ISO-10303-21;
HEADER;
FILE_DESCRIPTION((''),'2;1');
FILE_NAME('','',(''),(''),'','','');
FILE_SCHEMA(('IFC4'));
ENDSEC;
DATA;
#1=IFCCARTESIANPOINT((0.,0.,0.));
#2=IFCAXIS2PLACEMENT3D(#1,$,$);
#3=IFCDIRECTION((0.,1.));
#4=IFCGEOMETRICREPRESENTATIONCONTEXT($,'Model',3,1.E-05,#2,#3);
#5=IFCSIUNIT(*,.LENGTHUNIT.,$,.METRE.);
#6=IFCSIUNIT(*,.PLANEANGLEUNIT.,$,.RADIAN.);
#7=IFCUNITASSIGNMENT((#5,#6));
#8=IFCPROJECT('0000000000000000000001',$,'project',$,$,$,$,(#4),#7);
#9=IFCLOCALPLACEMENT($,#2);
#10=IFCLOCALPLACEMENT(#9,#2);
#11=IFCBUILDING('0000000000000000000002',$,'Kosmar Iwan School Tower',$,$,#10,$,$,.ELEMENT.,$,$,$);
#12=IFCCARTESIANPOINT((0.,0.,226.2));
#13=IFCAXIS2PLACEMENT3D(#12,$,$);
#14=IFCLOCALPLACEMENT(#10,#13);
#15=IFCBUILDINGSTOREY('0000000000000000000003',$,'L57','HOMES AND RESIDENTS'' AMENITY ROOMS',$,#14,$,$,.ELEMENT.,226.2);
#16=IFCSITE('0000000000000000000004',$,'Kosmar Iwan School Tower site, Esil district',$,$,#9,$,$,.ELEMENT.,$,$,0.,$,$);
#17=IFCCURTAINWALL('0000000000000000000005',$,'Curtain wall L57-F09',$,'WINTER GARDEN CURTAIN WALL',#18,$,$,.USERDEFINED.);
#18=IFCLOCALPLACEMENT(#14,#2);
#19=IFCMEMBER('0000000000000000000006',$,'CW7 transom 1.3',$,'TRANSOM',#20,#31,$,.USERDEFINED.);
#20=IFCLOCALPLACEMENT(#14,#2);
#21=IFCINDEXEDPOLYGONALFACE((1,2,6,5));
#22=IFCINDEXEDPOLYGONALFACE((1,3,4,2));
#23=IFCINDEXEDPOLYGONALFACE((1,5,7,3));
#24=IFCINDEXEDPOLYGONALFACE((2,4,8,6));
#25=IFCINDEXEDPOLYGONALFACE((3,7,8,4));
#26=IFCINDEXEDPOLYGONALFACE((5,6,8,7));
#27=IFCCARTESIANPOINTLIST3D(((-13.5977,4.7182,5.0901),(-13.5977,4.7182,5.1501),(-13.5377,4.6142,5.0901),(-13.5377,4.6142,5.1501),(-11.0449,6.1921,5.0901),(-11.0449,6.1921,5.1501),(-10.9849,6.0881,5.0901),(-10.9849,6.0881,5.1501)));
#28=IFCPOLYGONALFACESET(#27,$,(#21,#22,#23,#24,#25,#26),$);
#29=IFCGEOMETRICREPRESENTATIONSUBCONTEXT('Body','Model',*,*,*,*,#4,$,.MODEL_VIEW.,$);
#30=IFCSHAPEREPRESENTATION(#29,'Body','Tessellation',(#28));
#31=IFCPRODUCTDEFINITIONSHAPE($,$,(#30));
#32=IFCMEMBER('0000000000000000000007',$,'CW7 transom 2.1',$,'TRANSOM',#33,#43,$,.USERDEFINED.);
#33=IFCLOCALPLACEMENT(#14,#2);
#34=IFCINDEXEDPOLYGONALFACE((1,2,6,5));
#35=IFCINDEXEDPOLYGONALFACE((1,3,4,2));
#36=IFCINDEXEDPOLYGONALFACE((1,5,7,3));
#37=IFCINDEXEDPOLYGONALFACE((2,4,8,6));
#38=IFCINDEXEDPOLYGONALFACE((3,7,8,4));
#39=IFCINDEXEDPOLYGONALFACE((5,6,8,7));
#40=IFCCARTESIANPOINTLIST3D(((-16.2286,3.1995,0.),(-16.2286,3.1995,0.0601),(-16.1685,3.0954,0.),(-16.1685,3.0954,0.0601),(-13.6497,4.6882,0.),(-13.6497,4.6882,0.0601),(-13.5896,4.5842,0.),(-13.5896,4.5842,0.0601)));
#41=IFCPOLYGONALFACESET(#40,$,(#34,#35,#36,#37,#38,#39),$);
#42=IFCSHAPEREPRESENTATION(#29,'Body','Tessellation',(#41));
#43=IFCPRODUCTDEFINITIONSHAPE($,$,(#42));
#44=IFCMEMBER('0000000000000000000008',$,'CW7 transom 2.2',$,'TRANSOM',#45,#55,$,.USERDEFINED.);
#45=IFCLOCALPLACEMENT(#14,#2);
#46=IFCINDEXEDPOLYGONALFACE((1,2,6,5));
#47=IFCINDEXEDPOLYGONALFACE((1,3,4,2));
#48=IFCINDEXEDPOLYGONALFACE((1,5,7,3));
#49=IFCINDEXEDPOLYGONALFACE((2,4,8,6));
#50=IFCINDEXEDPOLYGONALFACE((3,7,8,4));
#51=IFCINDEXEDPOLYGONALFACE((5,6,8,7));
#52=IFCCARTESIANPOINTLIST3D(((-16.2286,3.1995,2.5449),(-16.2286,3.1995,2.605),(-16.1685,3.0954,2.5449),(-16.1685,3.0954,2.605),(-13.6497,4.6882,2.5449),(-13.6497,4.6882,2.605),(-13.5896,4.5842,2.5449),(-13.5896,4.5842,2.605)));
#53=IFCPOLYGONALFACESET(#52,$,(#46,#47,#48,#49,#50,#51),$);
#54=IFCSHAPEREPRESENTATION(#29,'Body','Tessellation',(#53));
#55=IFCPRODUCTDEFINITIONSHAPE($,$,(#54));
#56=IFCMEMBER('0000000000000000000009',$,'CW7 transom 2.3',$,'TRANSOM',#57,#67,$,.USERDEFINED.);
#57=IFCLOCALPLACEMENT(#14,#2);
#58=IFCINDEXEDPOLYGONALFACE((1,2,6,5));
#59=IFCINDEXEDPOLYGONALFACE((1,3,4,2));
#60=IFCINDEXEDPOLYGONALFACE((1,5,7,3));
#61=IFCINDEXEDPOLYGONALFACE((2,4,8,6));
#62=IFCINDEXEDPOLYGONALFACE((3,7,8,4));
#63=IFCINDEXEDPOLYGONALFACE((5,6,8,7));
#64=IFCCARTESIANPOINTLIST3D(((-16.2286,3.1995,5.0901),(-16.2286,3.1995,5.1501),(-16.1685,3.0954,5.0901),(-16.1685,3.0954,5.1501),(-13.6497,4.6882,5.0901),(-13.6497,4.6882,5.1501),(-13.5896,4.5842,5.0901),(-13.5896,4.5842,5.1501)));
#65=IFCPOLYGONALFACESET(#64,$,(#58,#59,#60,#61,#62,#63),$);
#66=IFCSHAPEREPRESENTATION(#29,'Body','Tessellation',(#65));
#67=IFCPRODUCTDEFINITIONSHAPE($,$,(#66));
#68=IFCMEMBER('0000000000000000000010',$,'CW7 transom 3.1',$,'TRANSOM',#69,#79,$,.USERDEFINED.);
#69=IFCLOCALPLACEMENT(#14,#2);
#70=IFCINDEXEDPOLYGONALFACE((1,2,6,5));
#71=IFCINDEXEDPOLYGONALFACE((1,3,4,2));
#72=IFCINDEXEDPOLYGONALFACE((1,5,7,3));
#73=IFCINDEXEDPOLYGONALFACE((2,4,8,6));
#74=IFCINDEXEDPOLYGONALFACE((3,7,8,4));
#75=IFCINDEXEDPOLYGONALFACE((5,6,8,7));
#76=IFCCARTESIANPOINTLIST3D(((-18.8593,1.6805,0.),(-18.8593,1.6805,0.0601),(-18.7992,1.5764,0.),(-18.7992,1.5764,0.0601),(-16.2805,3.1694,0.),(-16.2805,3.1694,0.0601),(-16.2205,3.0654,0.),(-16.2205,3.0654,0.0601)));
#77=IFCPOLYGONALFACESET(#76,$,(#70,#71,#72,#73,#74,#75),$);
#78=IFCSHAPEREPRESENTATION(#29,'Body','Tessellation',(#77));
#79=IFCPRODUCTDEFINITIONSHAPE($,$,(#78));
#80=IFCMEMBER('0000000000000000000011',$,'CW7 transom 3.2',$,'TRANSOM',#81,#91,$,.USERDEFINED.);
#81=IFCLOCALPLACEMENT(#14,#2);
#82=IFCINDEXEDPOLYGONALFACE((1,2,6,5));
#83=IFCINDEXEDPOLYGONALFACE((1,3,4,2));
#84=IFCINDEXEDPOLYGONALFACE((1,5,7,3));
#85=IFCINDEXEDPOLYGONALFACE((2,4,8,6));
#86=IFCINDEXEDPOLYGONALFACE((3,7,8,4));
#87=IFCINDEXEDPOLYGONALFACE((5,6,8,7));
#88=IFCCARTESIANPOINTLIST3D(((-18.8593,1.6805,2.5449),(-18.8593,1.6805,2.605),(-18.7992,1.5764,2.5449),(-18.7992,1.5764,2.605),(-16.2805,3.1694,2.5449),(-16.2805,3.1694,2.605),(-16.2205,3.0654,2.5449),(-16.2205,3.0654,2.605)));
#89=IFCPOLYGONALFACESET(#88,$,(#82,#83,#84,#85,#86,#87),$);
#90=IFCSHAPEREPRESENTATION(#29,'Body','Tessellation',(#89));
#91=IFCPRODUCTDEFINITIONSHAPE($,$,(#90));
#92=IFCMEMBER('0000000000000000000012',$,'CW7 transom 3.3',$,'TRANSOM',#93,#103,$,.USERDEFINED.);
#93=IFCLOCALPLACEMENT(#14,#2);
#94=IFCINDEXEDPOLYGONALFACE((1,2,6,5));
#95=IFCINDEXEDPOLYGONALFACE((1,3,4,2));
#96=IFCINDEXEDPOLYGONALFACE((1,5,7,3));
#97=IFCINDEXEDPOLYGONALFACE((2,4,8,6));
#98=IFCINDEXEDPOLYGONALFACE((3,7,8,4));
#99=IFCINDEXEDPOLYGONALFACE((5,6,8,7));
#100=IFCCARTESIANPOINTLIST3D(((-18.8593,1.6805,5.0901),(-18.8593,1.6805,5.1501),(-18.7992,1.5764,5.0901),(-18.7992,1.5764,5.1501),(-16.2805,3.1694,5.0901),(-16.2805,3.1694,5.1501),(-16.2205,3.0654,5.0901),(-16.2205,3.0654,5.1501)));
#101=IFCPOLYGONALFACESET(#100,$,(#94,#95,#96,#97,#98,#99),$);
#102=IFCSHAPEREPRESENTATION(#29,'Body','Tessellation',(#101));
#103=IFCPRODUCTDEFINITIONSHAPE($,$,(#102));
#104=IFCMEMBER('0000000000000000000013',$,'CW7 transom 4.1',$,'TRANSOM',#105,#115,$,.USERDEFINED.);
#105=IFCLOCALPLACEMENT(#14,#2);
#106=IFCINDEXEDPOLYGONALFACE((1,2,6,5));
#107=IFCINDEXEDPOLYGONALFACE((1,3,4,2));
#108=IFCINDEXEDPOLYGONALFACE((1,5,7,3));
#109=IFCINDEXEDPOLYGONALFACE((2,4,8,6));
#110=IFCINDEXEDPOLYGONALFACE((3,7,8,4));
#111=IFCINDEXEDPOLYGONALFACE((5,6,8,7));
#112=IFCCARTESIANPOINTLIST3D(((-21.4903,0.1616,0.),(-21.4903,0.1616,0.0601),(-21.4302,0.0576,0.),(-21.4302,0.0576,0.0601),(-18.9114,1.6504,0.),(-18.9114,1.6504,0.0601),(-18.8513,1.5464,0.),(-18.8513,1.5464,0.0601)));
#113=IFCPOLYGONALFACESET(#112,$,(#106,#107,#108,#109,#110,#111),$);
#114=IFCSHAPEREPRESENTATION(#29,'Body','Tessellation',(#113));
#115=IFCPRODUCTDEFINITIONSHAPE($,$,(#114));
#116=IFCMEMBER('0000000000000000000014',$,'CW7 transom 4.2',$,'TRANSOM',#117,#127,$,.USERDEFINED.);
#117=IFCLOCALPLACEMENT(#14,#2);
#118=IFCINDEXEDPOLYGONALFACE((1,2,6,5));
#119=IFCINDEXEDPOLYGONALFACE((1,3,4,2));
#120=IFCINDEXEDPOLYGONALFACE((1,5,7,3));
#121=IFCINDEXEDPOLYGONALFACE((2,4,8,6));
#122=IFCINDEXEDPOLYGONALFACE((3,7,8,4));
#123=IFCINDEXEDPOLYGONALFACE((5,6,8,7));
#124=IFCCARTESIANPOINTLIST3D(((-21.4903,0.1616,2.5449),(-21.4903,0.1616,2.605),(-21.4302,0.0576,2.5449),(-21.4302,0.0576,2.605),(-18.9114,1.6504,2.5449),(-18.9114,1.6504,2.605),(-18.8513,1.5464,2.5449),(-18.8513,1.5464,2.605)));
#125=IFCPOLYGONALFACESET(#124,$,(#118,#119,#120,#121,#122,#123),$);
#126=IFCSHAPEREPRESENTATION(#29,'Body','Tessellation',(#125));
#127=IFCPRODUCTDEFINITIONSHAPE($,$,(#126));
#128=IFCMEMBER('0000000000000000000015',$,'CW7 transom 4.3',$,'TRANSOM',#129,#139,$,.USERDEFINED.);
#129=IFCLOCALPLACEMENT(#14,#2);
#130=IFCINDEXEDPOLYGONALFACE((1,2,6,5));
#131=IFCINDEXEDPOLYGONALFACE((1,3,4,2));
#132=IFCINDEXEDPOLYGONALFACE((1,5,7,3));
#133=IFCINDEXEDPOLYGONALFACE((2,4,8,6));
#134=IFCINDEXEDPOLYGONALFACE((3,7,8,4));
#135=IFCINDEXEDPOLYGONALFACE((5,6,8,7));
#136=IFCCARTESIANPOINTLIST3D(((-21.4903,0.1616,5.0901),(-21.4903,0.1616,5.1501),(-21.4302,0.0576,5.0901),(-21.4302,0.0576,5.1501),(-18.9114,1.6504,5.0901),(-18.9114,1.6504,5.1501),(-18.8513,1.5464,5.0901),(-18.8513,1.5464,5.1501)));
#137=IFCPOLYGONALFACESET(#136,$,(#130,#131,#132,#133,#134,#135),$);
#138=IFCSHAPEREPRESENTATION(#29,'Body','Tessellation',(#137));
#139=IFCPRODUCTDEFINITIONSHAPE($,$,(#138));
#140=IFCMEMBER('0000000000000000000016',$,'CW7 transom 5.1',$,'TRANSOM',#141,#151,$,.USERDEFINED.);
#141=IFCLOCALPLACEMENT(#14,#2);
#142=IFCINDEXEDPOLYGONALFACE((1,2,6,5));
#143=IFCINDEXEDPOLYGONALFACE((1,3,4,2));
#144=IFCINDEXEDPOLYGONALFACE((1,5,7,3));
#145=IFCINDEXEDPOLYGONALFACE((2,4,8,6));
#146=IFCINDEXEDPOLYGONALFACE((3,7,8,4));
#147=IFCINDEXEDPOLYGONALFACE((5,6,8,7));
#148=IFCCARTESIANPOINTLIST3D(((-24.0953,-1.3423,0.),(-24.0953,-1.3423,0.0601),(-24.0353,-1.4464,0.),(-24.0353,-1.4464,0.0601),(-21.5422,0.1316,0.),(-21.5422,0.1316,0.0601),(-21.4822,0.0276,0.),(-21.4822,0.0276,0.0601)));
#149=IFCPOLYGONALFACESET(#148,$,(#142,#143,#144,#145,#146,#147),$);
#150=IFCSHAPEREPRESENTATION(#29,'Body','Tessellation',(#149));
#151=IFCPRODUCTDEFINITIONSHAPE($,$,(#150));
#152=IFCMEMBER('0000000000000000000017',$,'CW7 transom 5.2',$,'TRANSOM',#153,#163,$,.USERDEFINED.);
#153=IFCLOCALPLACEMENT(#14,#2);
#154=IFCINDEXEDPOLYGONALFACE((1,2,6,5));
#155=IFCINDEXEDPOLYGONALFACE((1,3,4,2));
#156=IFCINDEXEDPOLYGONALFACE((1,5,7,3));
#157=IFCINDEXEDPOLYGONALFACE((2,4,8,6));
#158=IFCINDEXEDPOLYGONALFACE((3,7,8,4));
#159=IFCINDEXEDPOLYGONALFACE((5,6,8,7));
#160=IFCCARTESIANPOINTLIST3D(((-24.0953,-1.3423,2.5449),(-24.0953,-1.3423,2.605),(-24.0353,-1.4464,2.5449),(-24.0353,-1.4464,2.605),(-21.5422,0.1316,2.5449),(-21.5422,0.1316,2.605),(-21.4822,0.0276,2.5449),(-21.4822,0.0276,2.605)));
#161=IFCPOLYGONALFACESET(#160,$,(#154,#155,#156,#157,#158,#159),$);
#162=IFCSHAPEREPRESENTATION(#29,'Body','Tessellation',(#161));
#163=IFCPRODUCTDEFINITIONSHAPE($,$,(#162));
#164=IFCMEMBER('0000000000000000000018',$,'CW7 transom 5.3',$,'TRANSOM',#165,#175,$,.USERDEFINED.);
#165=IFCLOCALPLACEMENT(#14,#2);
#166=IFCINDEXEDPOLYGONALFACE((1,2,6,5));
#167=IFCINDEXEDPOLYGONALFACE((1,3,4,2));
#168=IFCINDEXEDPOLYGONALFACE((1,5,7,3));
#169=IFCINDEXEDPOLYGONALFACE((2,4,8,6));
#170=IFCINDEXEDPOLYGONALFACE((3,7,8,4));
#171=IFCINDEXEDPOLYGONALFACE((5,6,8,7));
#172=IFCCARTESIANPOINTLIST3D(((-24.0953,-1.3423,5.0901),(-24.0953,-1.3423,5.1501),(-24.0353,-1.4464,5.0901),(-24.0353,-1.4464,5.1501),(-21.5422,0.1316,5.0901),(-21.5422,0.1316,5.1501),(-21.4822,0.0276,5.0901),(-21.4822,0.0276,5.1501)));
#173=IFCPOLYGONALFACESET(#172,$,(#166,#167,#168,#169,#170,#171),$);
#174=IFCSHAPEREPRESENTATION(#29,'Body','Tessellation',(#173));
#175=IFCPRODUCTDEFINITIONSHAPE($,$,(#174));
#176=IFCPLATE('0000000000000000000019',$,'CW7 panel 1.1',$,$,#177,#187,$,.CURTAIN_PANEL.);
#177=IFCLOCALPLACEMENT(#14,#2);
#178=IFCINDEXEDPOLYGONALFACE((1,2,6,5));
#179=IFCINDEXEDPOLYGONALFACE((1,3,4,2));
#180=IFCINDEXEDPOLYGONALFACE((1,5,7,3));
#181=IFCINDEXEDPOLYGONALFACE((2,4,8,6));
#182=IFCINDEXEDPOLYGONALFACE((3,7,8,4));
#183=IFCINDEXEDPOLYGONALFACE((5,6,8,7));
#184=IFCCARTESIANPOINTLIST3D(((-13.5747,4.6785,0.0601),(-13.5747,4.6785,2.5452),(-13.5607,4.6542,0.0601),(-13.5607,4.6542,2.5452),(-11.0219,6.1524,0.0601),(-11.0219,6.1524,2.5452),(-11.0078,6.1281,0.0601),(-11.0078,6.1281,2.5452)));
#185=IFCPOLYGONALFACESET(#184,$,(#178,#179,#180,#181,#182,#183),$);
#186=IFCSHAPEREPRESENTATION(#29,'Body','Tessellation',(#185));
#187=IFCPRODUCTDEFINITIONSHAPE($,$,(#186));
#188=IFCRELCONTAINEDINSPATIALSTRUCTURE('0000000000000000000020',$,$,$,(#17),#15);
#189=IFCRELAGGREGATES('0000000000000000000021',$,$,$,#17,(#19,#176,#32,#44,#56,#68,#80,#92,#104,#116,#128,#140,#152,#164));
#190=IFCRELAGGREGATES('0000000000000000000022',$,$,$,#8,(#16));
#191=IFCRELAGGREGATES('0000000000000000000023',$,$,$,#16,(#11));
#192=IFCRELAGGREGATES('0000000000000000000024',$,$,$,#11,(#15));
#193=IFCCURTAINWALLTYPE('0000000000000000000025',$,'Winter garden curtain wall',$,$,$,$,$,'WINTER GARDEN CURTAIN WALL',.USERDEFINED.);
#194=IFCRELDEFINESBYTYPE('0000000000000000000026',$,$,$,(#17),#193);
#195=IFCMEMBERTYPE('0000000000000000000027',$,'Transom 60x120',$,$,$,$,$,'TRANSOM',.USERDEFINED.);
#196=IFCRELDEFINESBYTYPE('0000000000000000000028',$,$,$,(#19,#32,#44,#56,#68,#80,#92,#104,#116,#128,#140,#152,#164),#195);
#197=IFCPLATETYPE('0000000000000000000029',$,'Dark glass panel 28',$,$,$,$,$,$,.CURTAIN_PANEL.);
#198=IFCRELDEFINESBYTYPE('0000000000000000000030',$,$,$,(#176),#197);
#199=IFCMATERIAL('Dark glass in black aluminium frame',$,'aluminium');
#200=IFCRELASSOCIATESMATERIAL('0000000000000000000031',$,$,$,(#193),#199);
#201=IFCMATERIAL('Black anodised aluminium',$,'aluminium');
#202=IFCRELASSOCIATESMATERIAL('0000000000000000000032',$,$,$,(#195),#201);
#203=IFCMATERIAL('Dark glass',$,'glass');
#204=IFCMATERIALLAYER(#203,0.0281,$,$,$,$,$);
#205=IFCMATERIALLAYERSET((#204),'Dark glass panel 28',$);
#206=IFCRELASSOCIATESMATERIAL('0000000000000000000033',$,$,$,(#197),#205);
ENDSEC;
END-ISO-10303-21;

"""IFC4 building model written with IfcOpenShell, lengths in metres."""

from ifc_helpers import new_model, si_unit, direction, frame, origin, origin_2d, place, context, subcontext, project, spatial, rectangle, extrude, material, layer, layer_set, material_profile, profile_set, type_object, element, aggregate, save


model = new_model("IFC4")

# Units and contexts
model_context = context("Model", 3, precision=1e-05, world=origin(), true_north=direction((0.0, 1.0)))
body_context = subcontext(model_context, "Body", "Model", "MODEL_VIEW")
ifc_project = project(units=[si_unit("LENGTHUNIT", "METRE"), si_unit("PLANEANGLEUNIT", "RADIAN")], contexts=[model_context])

# Site, building, storey
site_placement = place(None, origin())
site = spatial("IfcSite", under=ifc_project, at=site_placement, Name="Kosmar Iwan School Tower site, Esil district", CompositionType="ELEMENT", RefElevation=0.0)
building_placement = place(site_placement, origin())
building = spatial("IfcBuilding", under=site, at=building_placement, Name="Kosmar Iwan School Tower", CompositionType="ELEMENT")
storey_placement = place(building_placement, frame((0.0, 0.0, 226.2)))
storey = spatial("IfcBuildingStorey", under=building, at=storey_placement, Name="L57", Description="HOMES AND RESIDENTS' AMENITY ROOMS", CompositionType="ELEMENT", Elevation=226.2)

# Shared definitions
ifc_material_1 = material(Name="Dark glass in black aluminium frame", Category="aluminium")
curtain_wall_type = type_object("IfcCurtainWallType", Name="Winter garden curtain wall", ElementType="WINTER GARDEN CURTAIN WALL", PredefinedType="USERDEFINED", material=ifc_material_1)

# Curtain wall
curtain_wall_1_placement = place(storey_placement, origin())
curtain_wall_1 = element("IfcCurtainWall", 1, at=curtain_wall_1_placement, inside=storey, type_object=curtain_wall_type, Name="Curtain wall L57-F09", ObjectType="WINTER GARDEN CURTAIN WALL", PredefinedType="USERDEFINED")

# Members
ifc_material_2 = material(Name="Black anodised aluminium", Category="aluminium")
ifc_material_profile_1 = material_profile(ifc_material_2, rectangle(XDim=0.1201, YDim=0.0601, at=origin_2d()), Name="TRANSOM 60x120")
ifc_profile_set_1 = profile_set([ifc_material_profile_1], Name="Black anodised aluminium")
member_type_1 = type_object("IfcMemberType", Name="Transom 60x120", ElementType="TRANSOM", PredefinedType="USERDEFINED", material=ifc_profile_set_1)
member_1_placement = place(storey_placement, frame((-11.0149, 6.1401, 5.1201), z_axis=(-0.866017, -0.500014, 0.0), x_axis=(0.500014, -0.866017, 0.0)))
member_1 = element("IfcMember", 2, at=member_1_placement, type_object=member_type_1, Name="CW7 transom 1.3", ObjectType="TRANSOM", PredefinedType="USERDEFINED", context=body_context, shape_type="SweptSolid", body=[
    extrude(rectangle(XDim=0.1201, YDim=0.0601, at=origin_2d()), origin(), (0.0, 0.0, 1.0), 2.9478),
])
member_2_placement = place(storey_placement, frame((-13.6196, 4.6362, 0.03), z_axis=(-0.866045, -0.499966, 0.0), x_axis=(0.499966, -0.866045, 0.0)))
member_2 = element("IfcMember", 3, at=member_2_placement, type_object=member_type_1, Name="CW7 transom 2.1", ObjectType="TRANSOM", PredefinedType="USERDEFINED", context=body_context, shape_type="SweptSolid", body=[
    extrude(rectangle(XDim=0.1201, YDim=0.0601, at=origin_2d()), origin(), (0.0, 0.0, 1.0), 2.9778),
])
member_3_placement = place(storey_placement, frame((-13.6196, 4.6362, 2.575), z_axis=(-0.866045, -0.499966, 0.0), x_axis=(0.499966, -0.866045, 0.0)))
member_3 = element("IfcMember", 4, at=member_3_placement, type_object=member_type_1, Name="CW7 transom 2.2", ObjectType="TRANSOM", PredefinedType="USERDEFINED", context=body_context, shape_type="SweptSolid", body=[
    extrude(rectangle(XDim=0.1201, YDim=0.0601, at=origin_2d()), origin(), (0.0, 0.0, 1.0), 2.9778),
])
member_4_placement = place(storey_placement, frame((-13.6196, 4.6362, 5.1201), z_axis=(-0.866045, -0.499966, 0.0), x_axis=(0.499966, -0.866045, 0.0)))
member_4 = element("IfcMember", 5, at=member_4_placement, type_object=member_type_1, Name="CW7 transom 2.3", ObjectType="TRANSOM", PredefinedType="USERDEFINED", context=body_context, shape_type="SweptSolid", body=[
    extrude(rectangle(XDim=0.1201, YDim=0.0601, at=origin_2d()), origin(), (0.0, 0.0, 1.0), 2.9778),
])
member_5_placement = place(storey_placement, frame((-16.2505, 3.1174, 0.03), z_axis=(-0.866009, -0.500028, 0.0), x_axis=(0.500028, -0.866009, 0.0)))
member_5 = element("IfcMember", 6, at=member_5_placement, type_object=member_type_1, Name="CW7 transom 3.1", ObjectType="TRANSOM", PredefinedType="USERDEFINED", context=body_context, shape_type="SweptSolid", body=[
    extrude(rectangle(XDim=0.1201, YDim=0.0601, at=origin_2d()), origin(), (0.0, 0.0, 1.0), 2.9778),
])
member_6_placement = place(storey_placement, frame((-16.2505, 3.1174, 2.575), z_axis=(-0.866009, -0.500028, 0.0), x_axis=(0.500028, -0.866009, 0.0)))
member_6 = element("IfcMember", 7, at=member_6_placement, type_object=member_type_1, Name="CW7 transom 3.2", ObjectType="TRANSOM", PredefinedType="USERDEFINED", context=body_context, shape_type="SweptSolid", body=[
    extrude(rectangle(XDim=0.1201, YDim=0.0601, at=origin_2d()), origin(), (0.0, 0.0, 1.0), 2.9778),
])
member_7_placement = place(storey_placement, frame((-16.2505, 3.1174, 5.1201), z_axis=(-0.866009, -0.500028, 0.0), x_axis=(0.500028, -0.866009, 0.0)))
member_7 = element("IfcMember", 8, at=member_7_placement, type_object=member_type_1, Name="CW7 transom 3.3", ObjectType="TRANSOM", PredefinedType="USERDEFINED", context=body_context, shape_type="SweptSolid", body=[
    extrude(rectangle(XDim=0.1201, YDim=0.0601, at=origin_2d()), origin(), (0.0, 0.0, 1.0), 2.9778),
])
member_8_placement = place(storey_placement, frame((-18.8813, 1.5984, 0.03), z_axis=(-0.866045, -0.499966, 0.0), x_axis=(0.499966, -0.866045, 0.0)))
member_8 = element("IfcMember", 9, at=member_8_placement, type_object=member_type_1, Name="CW7 transom 4.1", ObjectType="TRANSOM", PredefinedType="USERDEFINED", context=body_context, shape_type="SweptSolid", body=[
    extrude(rectangle(XDim=0.1201, YDim=0.0601, at=origin_2d()), origin(), (0.0, 0.0, 1.0), 2.9778),
])
member_9_placement = place(storey_placement, frame((-18.8813, 1.5984, 2.575), z_axis=(-0.866045, -0.499966, 0.0), x_axis=(0.499966, -0.866045, 0.0)))
member_9 = element("IfcMember", 10, at=member_9_placement, type_object=member_type_1, Name="CW7 transom 4.2", ObjectType="TRANSOM", PredefinedType="USERDEFINED", context=body_context, shape_type="SweptSolid", body=[
    extrude(rectangle(XDim=0.1201, YDim=0.0601, at=origin_2d()), origin(), (0.0, 0.0, 1.0), 2.9778),
])
member_10_placement = place(storey_placement, frame((-18.8813, 1.5984, 5.1201), z_axis=(-0.866045, -0.499966, 0.0), x_axis=(0.499966, -0.866045, 0.0)))
member_10 = element("IfcMember", 11, at=member_10_placement, type_object=member_type_1, Name="CW7 transom 4.3", ObjectType="TRANSOM", PredefinedType="USERDEFINED", context=body_context, shape_type="SweptSolid", body=[
    extrude(rectangle(XDim=0.1201, YDim=0.0601, at=origin_2d()), origin(), (0.0, 0.0, 1.0), 2.9778),
])
member_11_placement = place(storey_placement, frame((-21.5122, 0.0796, 0.03), z_axis=(-0.866038, -0.499978, 0.0), x_axis=(0.499978, -0.866038, 0.0)))
member_11 = element("IfcMember", 12, at=member_11_placement, type_object=member_type_1, Name="CW7 transom 5.1", ObjectType="TRANSOM", PredefinedType="USERDEFINED", context=body_context, shape_type="SweptSolid", body=[
    extrude(rectangle(XDim=0.1201, YDim=0.0601, at=origin_2d()), origin(), (0.0, 0.0, 1.0), 2.948),
])
member_12_placement = place(storey_placement, frame((-21.5122, 0.0796, 2.575), z_axis=(-0.866038, -0.499978, 0.0), x_axis=(0.499978, -0.866038, 0.0)))
member_12 = element("IfcMember", 13, at=member_12_placement, type_object=member_type_1, Name="CW7 transom 5.2", ObjectType="TRANSOM", PredefinedType="USERDEFINED", context=body_context, shape_type="SweptSolid", body=[
    extrude(rectangle(XDim=0.1201, YDim=0.0601, at=origin_2d()), origin(), (0.0, 0.0, 1.0), 2.948),
])
member_13_placement = place(storey_placement, frame((-21.5122, 0.0796, 5.1201), z_axis=(-0.866038, -0.499978, 0.0), x_axis=(0.499978, -0.866038, 0.0)))
member_13 = element("IfcMember", 14, at=member_13_placement, type_object=member_type_1, Name="CW7 transom 5.3", ObjectType="TRANSOM", PredefinedType="USERDEFINED", context=body_context, shape_type="SweptSolid", body=[
    extrude(rectangle(XDim=0.1201, YDim=0.0601, at=origin_2d()), origin(), (0.0, 0.0, 1.0), 2.948),
])

# Plate
ifc_material_3 = material(Name="Dark glass", Category="glass")
ifc_layer_1 = layer(ifc_material_3, 0.0281)
ifc_layer_set_1 = layer_set([ifc_layer_1], Name="Dark glass panel 28")
plate_type = type_object("IfcPlateType", Name="Dark glass panel 28", PredefinedType="CURTAIN_PANEL", material=ifc_layer_set_1)
plate_1_placement = place(storey_placement, frame((-12.2913, 5.4033, 0.0601), z_axis=(0.0, 0.0, 1.0), x_axis=(-0.866025, -0.5, 0.0)))
plate_1 = element("IfcPlate", 15, at=plate_1_placement, type_object=plate_type, Name="CW7 panel 1.1", PredefinedType="CURTAIN_PANEL", context=body_context, shape_type="SweptSolid", body=[
    extrude(rectangle(XDim=2.9478, YDim=0.0281, at=origin_2d()), origin(), (0.0, 0.0, 1.0), 2.4851),
])
aggregate(curtain_wall_1, [member_1, plate_1, member_2, member_3, member_4, member_5, member_6, member_7, member_8, member_9, member_10, member_11, member_12, member_13])

save(model, "model.ifc")
